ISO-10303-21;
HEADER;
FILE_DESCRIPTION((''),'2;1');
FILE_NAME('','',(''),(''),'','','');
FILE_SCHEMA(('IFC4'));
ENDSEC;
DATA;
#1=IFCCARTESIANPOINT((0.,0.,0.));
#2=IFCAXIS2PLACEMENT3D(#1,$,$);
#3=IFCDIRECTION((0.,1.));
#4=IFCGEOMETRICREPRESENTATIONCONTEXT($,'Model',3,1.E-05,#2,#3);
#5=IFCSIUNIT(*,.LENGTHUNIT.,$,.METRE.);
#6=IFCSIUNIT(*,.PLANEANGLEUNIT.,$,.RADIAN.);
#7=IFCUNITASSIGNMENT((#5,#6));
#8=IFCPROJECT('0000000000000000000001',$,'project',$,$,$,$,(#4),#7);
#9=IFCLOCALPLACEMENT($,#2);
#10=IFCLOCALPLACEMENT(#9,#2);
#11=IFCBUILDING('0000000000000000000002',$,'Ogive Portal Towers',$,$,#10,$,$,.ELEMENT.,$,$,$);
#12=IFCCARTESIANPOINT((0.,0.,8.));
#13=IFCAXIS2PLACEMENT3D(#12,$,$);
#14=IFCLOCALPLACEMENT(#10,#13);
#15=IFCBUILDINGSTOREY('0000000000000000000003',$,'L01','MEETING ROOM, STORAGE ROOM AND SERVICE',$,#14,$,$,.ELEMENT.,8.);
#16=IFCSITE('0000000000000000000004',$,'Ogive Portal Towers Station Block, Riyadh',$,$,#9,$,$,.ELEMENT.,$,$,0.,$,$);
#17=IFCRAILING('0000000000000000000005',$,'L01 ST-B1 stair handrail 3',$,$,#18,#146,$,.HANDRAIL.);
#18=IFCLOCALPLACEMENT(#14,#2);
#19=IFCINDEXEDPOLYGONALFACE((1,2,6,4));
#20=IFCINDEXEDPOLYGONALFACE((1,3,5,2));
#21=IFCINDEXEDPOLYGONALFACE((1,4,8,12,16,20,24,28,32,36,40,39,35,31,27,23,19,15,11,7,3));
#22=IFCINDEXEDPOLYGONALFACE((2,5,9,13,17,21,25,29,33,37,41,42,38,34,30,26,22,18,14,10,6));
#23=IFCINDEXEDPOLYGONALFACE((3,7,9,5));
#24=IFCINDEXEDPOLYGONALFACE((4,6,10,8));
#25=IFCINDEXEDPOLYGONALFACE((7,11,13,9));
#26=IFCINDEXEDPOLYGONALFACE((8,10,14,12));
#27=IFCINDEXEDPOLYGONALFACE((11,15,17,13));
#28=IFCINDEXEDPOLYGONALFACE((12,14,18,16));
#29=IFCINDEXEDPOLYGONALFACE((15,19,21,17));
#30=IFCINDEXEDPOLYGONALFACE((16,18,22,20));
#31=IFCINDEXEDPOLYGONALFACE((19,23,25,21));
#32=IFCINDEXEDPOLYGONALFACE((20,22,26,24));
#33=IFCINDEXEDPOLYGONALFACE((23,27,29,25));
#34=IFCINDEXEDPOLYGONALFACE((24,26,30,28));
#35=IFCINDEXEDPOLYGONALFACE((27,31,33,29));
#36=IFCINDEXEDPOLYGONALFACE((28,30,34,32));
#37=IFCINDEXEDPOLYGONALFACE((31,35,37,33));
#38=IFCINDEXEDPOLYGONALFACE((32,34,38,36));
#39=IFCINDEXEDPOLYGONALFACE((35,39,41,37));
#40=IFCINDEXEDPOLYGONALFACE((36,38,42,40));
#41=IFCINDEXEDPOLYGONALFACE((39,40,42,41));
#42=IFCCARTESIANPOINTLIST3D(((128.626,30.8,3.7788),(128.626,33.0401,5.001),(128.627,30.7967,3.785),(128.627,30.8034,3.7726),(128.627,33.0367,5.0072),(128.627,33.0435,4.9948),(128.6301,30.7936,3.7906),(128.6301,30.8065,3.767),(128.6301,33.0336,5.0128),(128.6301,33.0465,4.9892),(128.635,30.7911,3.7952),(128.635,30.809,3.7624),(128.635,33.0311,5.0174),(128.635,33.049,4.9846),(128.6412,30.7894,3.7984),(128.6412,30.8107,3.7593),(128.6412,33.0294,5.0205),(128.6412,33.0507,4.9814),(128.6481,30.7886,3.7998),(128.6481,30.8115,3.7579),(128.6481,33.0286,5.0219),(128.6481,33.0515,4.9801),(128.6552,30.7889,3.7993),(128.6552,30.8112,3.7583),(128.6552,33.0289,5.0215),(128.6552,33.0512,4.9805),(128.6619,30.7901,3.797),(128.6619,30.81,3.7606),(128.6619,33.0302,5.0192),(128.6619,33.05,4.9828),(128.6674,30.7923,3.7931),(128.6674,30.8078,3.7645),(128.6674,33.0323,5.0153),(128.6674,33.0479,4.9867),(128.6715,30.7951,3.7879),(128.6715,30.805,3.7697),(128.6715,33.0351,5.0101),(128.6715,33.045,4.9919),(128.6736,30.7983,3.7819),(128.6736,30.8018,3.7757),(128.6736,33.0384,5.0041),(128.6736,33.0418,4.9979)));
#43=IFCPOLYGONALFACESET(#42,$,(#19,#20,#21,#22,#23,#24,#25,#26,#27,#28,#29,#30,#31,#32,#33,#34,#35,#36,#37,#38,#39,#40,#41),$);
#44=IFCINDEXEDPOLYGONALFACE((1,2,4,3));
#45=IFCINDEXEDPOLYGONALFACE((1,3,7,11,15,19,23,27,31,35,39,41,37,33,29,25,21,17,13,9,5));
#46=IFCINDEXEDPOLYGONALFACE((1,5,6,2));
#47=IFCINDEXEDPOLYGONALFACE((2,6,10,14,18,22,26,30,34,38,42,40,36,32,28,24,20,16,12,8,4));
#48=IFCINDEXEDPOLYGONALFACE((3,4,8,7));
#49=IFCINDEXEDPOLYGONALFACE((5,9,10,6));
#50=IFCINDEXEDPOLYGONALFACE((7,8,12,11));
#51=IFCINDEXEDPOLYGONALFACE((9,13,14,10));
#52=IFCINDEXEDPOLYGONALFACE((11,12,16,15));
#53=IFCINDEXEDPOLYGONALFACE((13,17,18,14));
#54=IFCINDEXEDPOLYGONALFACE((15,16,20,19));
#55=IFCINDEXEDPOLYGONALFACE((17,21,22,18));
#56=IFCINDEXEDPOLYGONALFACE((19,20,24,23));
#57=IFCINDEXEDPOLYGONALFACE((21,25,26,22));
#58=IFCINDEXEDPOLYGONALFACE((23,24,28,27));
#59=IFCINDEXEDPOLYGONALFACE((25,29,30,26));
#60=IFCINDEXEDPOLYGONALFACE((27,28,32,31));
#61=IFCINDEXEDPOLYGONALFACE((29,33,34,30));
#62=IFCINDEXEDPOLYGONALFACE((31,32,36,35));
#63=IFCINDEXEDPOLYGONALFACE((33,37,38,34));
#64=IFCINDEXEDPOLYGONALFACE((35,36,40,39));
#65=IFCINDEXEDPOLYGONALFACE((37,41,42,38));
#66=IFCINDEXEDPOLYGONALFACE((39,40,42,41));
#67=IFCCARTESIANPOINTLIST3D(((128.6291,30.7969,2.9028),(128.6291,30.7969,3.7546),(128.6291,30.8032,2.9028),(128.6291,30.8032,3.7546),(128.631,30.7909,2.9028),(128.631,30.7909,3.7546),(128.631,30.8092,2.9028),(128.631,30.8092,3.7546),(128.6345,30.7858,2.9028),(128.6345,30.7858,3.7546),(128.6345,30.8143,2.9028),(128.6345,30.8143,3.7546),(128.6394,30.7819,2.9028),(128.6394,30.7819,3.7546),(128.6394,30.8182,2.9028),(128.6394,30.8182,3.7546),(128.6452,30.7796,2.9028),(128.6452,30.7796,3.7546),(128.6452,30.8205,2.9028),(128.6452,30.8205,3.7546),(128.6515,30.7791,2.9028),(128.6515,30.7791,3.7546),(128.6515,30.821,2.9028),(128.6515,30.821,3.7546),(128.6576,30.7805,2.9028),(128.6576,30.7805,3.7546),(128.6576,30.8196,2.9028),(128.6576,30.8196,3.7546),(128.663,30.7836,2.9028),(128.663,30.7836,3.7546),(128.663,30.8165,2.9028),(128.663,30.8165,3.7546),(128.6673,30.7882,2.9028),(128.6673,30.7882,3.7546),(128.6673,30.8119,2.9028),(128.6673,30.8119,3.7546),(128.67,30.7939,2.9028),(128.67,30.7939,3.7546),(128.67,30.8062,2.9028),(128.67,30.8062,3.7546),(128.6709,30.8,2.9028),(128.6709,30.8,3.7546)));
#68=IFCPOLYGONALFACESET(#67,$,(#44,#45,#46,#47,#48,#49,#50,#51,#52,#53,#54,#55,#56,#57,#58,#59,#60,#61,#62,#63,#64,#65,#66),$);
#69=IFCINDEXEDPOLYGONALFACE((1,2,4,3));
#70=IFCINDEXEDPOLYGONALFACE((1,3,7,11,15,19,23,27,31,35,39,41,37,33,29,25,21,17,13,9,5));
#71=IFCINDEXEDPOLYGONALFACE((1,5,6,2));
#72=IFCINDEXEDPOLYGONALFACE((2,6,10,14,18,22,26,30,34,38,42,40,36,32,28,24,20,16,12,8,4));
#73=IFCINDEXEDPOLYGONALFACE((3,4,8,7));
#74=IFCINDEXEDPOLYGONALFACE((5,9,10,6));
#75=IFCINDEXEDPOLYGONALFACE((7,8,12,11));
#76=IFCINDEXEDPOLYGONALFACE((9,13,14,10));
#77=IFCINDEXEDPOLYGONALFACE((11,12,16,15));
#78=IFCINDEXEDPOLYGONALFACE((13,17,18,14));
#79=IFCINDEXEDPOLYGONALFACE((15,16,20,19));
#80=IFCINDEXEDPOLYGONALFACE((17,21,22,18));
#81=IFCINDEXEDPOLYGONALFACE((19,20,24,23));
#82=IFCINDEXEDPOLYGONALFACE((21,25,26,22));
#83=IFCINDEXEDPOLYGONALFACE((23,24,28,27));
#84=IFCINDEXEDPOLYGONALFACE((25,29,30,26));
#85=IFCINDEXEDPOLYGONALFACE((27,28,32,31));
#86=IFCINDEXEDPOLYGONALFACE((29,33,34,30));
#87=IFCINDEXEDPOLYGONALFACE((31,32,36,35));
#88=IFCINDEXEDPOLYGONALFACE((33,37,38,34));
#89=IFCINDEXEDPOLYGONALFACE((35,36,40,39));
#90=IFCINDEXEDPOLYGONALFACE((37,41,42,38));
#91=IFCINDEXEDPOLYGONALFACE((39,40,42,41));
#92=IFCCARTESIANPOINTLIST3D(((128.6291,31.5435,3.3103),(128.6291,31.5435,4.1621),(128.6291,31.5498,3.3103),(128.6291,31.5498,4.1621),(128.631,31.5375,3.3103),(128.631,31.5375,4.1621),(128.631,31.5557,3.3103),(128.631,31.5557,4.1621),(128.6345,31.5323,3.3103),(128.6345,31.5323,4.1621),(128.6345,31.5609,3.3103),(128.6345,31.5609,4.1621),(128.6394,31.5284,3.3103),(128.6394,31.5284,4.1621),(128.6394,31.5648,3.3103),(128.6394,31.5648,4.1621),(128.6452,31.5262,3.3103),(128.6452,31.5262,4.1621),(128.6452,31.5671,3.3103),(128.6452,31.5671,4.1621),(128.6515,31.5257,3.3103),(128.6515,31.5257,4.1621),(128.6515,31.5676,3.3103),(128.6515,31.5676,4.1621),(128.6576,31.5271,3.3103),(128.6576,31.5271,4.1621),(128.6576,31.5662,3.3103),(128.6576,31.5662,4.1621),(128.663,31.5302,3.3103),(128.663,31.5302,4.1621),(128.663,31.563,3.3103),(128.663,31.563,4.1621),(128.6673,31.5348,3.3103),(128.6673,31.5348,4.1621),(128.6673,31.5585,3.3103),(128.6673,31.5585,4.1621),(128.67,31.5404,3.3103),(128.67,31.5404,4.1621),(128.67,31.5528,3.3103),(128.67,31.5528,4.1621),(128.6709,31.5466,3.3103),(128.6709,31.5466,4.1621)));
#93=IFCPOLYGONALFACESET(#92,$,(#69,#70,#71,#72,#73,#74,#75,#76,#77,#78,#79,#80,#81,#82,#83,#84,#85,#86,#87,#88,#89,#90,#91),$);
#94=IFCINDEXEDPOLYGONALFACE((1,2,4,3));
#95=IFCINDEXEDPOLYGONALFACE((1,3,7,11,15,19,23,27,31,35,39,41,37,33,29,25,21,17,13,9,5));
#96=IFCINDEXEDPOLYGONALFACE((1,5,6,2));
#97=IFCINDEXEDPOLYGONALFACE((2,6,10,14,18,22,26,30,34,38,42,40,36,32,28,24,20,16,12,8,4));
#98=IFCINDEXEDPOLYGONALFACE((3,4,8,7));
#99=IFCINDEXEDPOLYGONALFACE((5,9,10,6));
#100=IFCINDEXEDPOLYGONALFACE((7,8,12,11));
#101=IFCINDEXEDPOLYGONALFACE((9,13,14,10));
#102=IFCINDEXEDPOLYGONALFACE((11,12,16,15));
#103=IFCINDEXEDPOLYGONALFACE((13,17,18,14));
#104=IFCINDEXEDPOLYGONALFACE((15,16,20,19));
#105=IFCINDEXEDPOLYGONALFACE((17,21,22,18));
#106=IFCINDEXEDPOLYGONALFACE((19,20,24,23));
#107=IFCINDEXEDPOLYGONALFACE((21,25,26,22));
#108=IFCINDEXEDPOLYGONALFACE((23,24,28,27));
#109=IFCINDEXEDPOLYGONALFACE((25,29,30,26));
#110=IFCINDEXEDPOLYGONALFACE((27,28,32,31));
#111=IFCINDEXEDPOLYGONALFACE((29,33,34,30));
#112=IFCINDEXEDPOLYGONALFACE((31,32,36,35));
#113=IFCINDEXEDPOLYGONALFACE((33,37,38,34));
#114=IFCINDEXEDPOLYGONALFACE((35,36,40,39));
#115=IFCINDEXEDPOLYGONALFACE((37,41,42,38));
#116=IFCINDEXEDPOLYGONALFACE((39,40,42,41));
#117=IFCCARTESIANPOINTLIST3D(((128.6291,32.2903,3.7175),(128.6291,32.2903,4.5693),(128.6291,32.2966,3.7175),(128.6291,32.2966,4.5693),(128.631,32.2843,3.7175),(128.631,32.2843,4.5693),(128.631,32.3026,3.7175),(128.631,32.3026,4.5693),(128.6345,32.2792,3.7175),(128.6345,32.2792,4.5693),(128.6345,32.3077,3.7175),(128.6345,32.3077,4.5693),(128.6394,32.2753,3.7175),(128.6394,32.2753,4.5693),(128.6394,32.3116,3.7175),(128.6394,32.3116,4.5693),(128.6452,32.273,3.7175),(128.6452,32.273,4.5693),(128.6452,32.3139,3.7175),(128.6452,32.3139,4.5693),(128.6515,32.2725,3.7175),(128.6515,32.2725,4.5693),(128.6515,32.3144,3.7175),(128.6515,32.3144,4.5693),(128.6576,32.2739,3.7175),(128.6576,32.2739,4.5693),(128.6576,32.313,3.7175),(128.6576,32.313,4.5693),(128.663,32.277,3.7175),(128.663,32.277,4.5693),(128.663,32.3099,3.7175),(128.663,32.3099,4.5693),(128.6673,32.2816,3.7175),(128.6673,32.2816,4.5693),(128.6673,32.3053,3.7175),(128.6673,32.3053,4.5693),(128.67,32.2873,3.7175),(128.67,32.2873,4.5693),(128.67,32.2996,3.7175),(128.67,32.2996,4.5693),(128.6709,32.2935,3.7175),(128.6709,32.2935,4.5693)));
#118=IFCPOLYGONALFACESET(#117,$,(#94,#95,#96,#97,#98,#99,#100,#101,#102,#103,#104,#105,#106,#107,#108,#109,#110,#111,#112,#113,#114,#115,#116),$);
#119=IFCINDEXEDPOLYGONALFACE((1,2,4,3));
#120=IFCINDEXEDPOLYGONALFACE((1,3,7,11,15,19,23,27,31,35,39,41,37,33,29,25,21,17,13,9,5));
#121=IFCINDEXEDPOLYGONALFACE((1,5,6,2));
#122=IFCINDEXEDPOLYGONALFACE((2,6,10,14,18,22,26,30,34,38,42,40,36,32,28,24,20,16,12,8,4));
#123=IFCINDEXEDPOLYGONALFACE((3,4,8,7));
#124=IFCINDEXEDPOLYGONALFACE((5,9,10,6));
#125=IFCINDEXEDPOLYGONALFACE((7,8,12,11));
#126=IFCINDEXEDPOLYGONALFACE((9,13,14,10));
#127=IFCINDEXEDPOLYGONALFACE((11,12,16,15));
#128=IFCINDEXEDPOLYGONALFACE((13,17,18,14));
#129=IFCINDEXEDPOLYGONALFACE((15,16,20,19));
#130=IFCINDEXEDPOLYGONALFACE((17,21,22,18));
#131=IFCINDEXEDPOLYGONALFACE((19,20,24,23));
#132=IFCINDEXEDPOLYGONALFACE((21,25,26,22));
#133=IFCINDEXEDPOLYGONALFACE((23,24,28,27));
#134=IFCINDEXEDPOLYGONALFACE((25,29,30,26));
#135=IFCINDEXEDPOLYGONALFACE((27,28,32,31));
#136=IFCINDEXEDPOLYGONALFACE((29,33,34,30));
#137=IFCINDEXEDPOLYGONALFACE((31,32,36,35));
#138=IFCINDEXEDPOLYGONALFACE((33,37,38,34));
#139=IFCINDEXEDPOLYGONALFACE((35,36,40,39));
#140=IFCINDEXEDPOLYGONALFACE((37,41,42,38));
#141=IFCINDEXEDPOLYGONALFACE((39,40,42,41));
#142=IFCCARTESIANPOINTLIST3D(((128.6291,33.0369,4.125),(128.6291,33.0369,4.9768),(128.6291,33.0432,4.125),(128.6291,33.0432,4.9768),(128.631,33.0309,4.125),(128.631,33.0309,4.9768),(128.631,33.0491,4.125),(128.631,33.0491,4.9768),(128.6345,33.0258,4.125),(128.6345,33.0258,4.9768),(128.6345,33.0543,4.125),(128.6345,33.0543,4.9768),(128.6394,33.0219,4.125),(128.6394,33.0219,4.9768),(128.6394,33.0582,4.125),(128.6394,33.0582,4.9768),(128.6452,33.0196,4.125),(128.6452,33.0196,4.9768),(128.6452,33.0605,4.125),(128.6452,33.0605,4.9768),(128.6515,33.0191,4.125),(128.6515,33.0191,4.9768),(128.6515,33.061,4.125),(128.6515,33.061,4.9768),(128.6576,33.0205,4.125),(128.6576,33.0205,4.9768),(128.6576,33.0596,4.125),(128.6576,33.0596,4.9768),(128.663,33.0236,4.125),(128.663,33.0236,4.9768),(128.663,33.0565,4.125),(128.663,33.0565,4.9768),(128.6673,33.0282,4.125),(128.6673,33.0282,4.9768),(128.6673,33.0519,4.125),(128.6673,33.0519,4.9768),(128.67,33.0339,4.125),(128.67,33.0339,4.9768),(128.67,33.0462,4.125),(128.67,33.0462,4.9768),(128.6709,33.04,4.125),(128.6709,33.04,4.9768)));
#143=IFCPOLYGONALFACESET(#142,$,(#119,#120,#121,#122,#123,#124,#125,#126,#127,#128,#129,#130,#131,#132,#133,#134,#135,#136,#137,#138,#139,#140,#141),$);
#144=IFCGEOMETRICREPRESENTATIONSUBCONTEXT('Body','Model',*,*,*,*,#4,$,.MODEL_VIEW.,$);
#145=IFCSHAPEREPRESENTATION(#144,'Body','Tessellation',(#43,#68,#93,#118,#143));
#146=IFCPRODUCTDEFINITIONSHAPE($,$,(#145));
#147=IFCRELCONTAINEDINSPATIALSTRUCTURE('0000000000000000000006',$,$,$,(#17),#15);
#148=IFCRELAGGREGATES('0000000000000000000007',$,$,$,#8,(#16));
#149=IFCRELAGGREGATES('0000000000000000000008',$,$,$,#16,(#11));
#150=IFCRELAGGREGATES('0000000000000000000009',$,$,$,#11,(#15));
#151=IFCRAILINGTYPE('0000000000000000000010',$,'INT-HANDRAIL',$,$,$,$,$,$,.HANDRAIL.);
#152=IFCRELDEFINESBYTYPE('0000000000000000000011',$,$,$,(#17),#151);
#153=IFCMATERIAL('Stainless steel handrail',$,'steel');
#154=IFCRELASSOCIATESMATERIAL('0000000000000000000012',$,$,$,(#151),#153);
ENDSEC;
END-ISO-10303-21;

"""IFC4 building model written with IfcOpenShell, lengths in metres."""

from ifc_helpers import new_model, si_unit, direction, frame, origin, origin_2d, place, context, subcontext, project, spatial, circle, extrude, material, type_object, element, save


model = new_model("IFC4")

# Units and contexts
model_context = context("Model", 3, precision=1e-05, world=origin(), true_north=direction((0.0, 1.0)))
body_context = subcontext(model_context, "Body", "Model", "MODEL_VIEW")
ifc_project = project(units=[si_unit("LENGTHUNIT", "METRE"), si_unit("PLANEANGLEUNIT", "RADIAN")], contexts=[model_context])

# Site, building, storey
site_placement = place(None, origin())
site = spatial("IfcSite", under=ifc_project, at=site_placement, Name="Ogive Portal Towers Station Block, Riyadh", CompositionType="ELEMENT", RefElevation=0.0)
building_placement = place(site_placement, origin())
building = spatial("IfcBuilding", under=site, at=building_placement, Name="Ogive Portal Towers", CompositionType="ELEMENT")
storey_placement = place(building_placement, frame((0.0, 0.0, 8.0)))
storey = spatial("IfcBuildingStorey", under=building, at=storey_placement, Name="L01", Description="MEETING ROOM, STORAGE ROOM AND SERVICE", CompositionType="ELEMENT", Elevation=8.0)

# Railing
ifc_material_1 = material(Name="Stainless steel handrail", Category="steel")
railing_type_1 = type_object("IfcRailingType", Name="INT-HANDRAIL", PredefinedType="HANDRAIL", material=ifc_material_1)
railing_1_placement = place(storey_placement, frame((128.6499, 30.8, 2.9028)))
element("IfcRailing", 1, at=railing_1_placement, inside=storey, type_object=railing_type_1, Name="L01 ST-B1 stair handrail 3", PredefinedType="HANDRAIL", context=body_context, shape_type="SweptSolid", body=[
    extrude(circle(Radius=0.0239, at=origin_2d()), frame((0.0, 0.0, 0.876), z_axis=(0.0, 0.877837, 0.478959), x_axis=(-1.0, 0.0, 0.0)), (0.0, 0.0, 1.0), 2.5518),
    extrude(circle(Radius=0.021, at=origin_2d()), origin(), (0.0, 0.0, 1.0), 0.8518),
    extrude(circle(Radius=0.021, at=origin_2d()), frame((0.0, 0.7466, 0.4075)), (0.0, 0.0, 1.0), 0.8518),
    extrude(circle(Radius=0.021, at=origin_2d()), frame((0.0, 1.4934, 0.8147)), (0.0, 0.0, 1.0), 0.8518),
    extrude(circle(Radius=0.021, at=origin_2d()), frame((0.0, 2.24, 1.2222)), (0.0, 0.0, 1.0), 0.8518),
])

save(model, "model.ifc")
